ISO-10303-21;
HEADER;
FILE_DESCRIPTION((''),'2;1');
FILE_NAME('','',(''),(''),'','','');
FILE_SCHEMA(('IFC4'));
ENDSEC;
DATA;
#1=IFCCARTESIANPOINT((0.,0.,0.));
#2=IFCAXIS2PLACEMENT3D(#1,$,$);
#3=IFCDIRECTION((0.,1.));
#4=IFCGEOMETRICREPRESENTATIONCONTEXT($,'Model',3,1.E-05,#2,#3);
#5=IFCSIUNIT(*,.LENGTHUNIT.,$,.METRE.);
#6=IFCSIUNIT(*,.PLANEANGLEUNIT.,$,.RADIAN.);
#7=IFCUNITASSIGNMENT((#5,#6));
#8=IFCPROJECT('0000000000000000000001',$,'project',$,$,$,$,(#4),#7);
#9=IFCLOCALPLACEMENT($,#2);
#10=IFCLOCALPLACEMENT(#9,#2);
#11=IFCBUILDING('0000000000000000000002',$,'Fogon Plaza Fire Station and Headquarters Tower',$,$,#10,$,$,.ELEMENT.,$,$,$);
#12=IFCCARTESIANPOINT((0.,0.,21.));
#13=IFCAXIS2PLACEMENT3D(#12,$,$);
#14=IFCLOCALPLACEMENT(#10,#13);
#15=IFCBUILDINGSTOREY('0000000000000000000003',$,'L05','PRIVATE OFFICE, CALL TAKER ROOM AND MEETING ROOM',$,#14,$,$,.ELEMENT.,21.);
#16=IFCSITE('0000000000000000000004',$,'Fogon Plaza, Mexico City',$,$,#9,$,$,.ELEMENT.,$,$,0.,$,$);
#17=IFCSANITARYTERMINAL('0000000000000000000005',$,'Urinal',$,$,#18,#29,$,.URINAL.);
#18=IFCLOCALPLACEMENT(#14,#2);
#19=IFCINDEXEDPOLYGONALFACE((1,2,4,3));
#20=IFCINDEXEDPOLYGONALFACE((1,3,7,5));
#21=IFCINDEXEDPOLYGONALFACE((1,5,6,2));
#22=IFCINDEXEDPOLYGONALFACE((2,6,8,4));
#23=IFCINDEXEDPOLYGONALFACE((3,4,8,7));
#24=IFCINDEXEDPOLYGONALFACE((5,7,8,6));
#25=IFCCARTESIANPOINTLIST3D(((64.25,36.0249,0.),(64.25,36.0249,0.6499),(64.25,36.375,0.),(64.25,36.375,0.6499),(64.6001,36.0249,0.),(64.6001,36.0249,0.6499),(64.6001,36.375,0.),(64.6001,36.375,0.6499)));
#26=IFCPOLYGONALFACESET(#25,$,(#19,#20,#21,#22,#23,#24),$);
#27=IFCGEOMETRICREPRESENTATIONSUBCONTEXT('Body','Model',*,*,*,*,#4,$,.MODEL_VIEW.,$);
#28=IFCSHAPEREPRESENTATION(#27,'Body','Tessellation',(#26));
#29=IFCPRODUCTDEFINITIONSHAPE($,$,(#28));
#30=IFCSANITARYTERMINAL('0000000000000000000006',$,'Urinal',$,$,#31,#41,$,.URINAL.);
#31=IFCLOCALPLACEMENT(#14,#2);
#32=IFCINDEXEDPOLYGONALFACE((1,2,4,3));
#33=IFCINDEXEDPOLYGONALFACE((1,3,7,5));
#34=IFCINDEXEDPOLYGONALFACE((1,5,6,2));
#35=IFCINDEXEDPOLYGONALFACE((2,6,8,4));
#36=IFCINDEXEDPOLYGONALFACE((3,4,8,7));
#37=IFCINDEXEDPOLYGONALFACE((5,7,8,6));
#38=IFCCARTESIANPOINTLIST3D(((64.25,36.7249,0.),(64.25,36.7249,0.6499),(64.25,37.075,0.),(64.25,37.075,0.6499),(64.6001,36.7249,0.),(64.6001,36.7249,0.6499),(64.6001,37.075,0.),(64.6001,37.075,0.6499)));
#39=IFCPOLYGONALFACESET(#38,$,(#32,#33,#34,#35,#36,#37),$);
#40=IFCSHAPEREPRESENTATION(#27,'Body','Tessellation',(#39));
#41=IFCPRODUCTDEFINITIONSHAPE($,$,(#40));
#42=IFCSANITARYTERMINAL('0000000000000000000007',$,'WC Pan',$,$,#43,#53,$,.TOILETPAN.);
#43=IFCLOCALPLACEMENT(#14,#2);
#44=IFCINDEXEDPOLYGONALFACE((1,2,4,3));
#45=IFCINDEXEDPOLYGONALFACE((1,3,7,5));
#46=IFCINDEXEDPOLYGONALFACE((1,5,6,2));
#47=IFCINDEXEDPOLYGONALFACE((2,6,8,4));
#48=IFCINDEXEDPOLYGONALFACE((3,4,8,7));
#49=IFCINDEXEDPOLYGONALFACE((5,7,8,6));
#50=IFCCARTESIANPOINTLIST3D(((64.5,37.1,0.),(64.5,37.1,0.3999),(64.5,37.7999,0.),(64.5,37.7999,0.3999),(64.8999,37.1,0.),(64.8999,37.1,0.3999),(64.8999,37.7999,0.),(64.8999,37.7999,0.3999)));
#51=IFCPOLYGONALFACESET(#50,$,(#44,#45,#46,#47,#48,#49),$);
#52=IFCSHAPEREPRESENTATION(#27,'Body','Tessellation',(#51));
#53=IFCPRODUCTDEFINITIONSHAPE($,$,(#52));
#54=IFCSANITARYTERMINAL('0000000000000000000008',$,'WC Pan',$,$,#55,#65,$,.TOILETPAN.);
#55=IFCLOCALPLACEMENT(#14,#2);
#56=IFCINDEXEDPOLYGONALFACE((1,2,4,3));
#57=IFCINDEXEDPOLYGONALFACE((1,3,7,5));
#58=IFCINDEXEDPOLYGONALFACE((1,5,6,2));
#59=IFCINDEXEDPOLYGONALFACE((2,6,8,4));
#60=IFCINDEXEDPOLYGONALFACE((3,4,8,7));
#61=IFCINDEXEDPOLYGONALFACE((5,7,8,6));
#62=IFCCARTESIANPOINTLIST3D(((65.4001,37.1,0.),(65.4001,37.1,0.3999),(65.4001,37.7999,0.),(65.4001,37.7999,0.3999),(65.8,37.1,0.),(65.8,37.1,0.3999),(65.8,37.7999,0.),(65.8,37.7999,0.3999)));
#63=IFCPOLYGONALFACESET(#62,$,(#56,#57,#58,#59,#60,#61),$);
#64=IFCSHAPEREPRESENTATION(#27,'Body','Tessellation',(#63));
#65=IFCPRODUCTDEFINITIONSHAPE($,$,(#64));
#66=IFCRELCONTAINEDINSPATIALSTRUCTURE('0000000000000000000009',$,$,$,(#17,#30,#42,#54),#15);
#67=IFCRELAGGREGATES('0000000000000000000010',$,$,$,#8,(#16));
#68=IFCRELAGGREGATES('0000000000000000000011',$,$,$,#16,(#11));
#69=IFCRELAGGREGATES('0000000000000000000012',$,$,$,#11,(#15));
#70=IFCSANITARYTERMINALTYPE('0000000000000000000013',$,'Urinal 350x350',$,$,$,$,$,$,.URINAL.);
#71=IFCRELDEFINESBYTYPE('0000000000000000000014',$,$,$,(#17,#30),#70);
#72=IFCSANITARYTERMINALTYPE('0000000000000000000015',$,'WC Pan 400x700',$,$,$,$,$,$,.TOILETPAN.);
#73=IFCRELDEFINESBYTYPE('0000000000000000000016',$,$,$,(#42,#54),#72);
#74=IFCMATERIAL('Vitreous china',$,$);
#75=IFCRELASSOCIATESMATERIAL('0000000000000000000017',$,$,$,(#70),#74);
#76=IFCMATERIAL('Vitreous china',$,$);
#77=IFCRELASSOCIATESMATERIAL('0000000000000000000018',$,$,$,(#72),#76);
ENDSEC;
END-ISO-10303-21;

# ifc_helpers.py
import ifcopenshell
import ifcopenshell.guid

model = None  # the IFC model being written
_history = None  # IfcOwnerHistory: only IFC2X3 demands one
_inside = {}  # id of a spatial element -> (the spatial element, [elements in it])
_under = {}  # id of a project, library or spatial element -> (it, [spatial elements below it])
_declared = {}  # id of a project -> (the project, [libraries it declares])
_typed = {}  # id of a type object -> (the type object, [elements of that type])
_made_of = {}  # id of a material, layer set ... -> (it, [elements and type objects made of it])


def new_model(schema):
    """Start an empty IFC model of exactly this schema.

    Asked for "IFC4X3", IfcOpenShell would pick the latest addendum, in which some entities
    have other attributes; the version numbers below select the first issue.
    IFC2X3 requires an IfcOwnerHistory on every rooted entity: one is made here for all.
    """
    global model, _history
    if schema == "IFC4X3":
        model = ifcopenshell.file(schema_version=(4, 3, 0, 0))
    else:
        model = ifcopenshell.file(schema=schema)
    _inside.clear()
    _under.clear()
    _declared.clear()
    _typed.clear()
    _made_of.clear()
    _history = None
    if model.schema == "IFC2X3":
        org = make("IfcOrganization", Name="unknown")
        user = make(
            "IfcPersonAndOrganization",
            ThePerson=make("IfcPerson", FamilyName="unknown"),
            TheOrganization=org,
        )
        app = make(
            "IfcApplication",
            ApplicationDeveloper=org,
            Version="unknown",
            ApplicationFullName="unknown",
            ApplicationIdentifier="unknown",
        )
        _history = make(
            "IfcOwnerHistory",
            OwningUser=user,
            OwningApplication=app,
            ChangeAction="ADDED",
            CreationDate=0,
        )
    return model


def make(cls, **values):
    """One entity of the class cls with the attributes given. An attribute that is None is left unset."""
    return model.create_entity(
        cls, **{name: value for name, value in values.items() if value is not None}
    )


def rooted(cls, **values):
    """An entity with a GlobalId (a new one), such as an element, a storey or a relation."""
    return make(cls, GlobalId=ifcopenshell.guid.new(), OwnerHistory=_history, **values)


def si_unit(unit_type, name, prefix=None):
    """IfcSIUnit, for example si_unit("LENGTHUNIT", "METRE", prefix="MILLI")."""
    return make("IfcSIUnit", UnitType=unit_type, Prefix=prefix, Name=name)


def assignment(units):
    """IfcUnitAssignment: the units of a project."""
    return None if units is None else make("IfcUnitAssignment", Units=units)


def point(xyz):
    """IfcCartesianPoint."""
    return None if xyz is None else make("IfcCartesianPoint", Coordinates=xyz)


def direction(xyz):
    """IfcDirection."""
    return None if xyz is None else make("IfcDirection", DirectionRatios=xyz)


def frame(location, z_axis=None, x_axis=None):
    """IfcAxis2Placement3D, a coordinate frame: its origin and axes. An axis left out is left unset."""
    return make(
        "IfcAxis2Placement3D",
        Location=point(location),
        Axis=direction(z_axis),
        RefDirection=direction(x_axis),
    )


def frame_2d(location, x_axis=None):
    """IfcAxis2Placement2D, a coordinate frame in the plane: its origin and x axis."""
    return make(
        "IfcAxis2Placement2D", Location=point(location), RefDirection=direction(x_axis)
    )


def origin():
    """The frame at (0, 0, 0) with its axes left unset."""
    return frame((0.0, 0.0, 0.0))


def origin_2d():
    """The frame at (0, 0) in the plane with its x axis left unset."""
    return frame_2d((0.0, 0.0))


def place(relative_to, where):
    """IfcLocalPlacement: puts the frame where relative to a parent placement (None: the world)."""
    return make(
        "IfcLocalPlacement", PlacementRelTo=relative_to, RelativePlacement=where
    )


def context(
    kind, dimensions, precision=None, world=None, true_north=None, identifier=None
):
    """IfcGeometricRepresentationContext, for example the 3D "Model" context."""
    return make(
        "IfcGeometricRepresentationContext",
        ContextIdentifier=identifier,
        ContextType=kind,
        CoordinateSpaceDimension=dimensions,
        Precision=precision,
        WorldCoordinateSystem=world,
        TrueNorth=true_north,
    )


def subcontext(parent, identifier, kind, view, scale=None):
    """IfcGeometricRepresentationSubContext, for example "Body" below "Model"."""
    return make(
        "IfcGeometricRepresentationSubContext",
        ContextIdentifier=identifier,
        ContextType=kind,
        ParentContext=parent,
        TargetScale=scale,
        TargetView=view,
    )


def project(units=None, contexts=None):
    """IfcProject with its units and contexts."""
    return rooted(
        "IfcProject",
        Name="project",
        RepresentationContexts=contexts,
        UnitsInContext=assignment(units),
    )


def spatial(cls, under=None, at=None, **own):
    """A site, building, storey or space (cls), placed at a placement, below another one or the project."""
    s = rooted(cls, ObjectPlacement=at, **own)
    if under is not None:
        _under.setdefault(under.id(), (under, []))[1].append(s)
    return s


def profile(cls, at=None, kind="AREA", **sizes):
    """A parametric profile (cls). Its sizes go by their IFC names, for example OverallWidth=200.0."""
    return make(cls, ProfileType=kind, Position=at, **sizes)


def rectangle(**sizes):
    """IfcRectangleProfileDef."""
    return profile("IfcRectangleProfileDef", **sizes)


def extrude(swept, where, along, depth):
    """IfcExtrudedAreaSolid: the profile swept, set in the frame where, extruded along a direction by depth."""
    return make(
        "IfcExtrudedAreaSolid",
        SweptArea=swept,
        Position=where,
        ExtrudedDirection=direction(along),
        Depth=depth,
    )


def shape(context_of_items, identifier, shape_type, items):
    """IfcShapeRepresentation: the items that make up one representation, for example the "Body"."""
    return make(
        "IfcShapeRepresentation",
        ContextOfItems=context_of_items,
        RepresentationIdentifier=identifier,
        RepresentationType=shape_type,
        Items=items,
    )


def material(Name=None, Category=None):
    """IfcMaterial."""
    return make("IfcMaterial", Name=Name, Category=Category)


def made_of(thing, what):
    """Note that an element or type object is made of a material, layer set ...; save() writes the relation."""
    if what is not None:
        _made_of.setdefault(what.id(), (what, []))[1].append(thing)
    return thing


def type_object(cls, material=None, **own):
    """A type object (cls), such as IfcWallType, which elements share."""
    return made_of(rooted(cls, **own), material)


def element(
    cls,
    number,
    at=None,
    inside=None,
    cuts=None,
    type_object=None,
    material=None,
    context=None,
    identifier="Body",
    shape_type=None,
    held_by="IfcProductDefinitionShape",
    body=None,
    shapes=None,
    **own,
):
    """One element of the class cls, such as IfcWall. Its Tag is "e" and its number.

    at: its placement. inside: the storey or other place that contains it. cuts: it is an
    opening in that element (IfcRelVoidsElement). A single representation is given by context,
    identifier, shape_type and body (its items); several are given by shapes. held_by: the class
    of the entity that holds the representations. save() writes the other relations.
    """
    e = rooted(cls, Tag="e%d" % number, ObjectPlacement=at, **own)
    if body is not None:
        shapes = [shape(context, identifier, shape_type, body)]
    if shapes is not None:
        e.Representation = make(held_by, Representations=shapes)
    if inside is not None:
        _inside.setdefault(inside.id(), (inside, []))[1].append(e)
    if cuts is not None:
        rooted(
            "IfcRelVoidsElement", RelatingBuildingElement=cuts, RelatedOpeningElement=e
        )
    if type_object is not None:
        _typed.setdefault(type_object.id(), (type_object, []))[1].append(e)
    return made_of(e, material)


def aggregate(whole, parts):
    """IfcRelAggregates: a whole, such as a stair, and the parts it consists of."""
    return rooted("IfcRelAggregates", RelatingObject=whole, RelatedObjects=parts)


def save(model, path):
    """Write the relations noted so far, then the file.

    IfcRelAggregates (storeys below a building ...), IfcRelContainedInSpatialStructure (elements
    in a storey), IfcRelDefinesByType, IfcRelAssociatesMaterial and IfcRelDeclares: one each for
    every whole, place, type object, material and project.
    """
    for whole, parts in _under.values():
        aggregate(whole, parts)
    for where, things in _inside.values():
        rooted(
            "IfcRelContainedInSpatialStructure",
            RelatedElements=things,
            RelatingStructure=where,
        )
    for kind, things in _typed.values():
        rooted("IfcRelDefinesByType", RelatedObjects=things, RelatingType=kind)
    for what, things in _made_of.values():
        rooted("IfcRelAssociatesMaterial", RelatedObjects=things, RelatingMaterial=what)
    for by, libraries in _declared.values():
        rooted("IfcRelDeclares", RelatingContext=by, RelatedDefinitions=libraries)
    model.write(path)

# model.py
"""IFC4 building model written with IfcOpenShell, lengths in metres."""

from ifc_helpers import new_model, si_unit, direction, frame, origin, origin_2d, place, context, subcontext, project, spatial, rectangle, extrude, material, type_object, element, save


model = new_model("IFC4")

# Units and contexts
model_context = context("Model", 3, precision=1e-05, world=origin(), true_north=direction((0.0, 1.0)))
body_context = subcontext(model_context, "Body", "Model", "MODEL_VIEW")
ifc_project = project(units=[si_unit("LENGTHUNIT", "METRE"), si_unit("PLANEANGLEUNIT", "RADIAN")], contexts=[model_context])

# Site, building, storey
site_placement = place(None, origin())
site = spatial("IfcSite", under=ifc_project, at=site_placement, Name="Fogon Plaza, Mexico City", CompositionType="ELEMENT", RefElevation=0.0)
building_placement = place(site_placement, origin())
building = spatial("IfcBuilding", under=site, at=building_placement, Name="Fogon Plaza Fire Station and Headquarters Tower", CompositionType="ELEMENT")
storey_placement = place(building_placement, frame((0.0, 0.0, 21.0)))
storey = spatial("IfcBuildingStorey", under=building, at=storey_placement, Name="L05", Description="PRIVATE OFFICE, CALL TAKER ROOM AND MEETING ROOM", CompositionType="ELEMENT", Elevation=21.0)

# Sanitary terminals
ifc_material_1 = material(Name="Vitreous china")
sanitary_terminal_type_1 = type_object("IfcSanitaryTerminalType", Name="Urinal 350x350", PredefinedType="URINAL", material=ifc_material_1)
for number, where, z_axis, x_axis, name in (
    (1, (64.425, 36.2, 0.0), (0.0, 0.0, 1.0), (1.0, 0.0, 0.0), "Urinal"),
    (2, (64.425, 36.8999, 0.0), (0.0, 0.0, 1.0), (1.0, 0.0, 0.0), "Urinal"),
):
    element("IfcSanitaryTerminal", number, at=place(storey_placement, frame(where, z_axis=z_axis, x_axis=x_axis)), inside=storey, type_object=sanitary_terminal_type_1, Name=name, PredefinedType="URINAL", context=body_context, shape_type="SweptSolid", body=[
        extrude(rectangle(XDim=0.3501, YDim=0.3501, at=origin_2d()), origin(), (0.0, 0.0, 1.0), 0.6499),
    ])
ifc_material_2 = material(Name="Vitreous china")
sanitary_terminal_type_2 = type_object("IfcSanitaryTerminalType", Name="WC Pan 400x700", PredefinedType="TOILETPAN", material=ifc_material_2)
for number, where, z_axis, x_axis, name in (
    (3, (64.7, 37.45, 0.0), (0.0, 0.0, 1.0), (1.0, 0.0, 0.0), "WC Pan"),
    (4, (65.6001, 37.45, 0.0), (0.0, 0.0, 1.0), (1.0, 0.0, 0.0), "WC Pan"),
):
    element("IfcSanitaryTerminal", number, at=place(storey_placement, frame(where, z_axis=z_axis, x_axis=x_axis)), inside=storey, type_object=sanitary_terminal_type_2, Name=name, PredefinedType="TOILETPAN", context=body_context, shape_type="SweptSolid", body=[
        extrude(rectangle(XDim=0.3999, YDim=0.7, at=origin_2d()), origin(), (0.0, 0.0, 1.0), 0.3999),
    ])

save(model, "model.ifc")
